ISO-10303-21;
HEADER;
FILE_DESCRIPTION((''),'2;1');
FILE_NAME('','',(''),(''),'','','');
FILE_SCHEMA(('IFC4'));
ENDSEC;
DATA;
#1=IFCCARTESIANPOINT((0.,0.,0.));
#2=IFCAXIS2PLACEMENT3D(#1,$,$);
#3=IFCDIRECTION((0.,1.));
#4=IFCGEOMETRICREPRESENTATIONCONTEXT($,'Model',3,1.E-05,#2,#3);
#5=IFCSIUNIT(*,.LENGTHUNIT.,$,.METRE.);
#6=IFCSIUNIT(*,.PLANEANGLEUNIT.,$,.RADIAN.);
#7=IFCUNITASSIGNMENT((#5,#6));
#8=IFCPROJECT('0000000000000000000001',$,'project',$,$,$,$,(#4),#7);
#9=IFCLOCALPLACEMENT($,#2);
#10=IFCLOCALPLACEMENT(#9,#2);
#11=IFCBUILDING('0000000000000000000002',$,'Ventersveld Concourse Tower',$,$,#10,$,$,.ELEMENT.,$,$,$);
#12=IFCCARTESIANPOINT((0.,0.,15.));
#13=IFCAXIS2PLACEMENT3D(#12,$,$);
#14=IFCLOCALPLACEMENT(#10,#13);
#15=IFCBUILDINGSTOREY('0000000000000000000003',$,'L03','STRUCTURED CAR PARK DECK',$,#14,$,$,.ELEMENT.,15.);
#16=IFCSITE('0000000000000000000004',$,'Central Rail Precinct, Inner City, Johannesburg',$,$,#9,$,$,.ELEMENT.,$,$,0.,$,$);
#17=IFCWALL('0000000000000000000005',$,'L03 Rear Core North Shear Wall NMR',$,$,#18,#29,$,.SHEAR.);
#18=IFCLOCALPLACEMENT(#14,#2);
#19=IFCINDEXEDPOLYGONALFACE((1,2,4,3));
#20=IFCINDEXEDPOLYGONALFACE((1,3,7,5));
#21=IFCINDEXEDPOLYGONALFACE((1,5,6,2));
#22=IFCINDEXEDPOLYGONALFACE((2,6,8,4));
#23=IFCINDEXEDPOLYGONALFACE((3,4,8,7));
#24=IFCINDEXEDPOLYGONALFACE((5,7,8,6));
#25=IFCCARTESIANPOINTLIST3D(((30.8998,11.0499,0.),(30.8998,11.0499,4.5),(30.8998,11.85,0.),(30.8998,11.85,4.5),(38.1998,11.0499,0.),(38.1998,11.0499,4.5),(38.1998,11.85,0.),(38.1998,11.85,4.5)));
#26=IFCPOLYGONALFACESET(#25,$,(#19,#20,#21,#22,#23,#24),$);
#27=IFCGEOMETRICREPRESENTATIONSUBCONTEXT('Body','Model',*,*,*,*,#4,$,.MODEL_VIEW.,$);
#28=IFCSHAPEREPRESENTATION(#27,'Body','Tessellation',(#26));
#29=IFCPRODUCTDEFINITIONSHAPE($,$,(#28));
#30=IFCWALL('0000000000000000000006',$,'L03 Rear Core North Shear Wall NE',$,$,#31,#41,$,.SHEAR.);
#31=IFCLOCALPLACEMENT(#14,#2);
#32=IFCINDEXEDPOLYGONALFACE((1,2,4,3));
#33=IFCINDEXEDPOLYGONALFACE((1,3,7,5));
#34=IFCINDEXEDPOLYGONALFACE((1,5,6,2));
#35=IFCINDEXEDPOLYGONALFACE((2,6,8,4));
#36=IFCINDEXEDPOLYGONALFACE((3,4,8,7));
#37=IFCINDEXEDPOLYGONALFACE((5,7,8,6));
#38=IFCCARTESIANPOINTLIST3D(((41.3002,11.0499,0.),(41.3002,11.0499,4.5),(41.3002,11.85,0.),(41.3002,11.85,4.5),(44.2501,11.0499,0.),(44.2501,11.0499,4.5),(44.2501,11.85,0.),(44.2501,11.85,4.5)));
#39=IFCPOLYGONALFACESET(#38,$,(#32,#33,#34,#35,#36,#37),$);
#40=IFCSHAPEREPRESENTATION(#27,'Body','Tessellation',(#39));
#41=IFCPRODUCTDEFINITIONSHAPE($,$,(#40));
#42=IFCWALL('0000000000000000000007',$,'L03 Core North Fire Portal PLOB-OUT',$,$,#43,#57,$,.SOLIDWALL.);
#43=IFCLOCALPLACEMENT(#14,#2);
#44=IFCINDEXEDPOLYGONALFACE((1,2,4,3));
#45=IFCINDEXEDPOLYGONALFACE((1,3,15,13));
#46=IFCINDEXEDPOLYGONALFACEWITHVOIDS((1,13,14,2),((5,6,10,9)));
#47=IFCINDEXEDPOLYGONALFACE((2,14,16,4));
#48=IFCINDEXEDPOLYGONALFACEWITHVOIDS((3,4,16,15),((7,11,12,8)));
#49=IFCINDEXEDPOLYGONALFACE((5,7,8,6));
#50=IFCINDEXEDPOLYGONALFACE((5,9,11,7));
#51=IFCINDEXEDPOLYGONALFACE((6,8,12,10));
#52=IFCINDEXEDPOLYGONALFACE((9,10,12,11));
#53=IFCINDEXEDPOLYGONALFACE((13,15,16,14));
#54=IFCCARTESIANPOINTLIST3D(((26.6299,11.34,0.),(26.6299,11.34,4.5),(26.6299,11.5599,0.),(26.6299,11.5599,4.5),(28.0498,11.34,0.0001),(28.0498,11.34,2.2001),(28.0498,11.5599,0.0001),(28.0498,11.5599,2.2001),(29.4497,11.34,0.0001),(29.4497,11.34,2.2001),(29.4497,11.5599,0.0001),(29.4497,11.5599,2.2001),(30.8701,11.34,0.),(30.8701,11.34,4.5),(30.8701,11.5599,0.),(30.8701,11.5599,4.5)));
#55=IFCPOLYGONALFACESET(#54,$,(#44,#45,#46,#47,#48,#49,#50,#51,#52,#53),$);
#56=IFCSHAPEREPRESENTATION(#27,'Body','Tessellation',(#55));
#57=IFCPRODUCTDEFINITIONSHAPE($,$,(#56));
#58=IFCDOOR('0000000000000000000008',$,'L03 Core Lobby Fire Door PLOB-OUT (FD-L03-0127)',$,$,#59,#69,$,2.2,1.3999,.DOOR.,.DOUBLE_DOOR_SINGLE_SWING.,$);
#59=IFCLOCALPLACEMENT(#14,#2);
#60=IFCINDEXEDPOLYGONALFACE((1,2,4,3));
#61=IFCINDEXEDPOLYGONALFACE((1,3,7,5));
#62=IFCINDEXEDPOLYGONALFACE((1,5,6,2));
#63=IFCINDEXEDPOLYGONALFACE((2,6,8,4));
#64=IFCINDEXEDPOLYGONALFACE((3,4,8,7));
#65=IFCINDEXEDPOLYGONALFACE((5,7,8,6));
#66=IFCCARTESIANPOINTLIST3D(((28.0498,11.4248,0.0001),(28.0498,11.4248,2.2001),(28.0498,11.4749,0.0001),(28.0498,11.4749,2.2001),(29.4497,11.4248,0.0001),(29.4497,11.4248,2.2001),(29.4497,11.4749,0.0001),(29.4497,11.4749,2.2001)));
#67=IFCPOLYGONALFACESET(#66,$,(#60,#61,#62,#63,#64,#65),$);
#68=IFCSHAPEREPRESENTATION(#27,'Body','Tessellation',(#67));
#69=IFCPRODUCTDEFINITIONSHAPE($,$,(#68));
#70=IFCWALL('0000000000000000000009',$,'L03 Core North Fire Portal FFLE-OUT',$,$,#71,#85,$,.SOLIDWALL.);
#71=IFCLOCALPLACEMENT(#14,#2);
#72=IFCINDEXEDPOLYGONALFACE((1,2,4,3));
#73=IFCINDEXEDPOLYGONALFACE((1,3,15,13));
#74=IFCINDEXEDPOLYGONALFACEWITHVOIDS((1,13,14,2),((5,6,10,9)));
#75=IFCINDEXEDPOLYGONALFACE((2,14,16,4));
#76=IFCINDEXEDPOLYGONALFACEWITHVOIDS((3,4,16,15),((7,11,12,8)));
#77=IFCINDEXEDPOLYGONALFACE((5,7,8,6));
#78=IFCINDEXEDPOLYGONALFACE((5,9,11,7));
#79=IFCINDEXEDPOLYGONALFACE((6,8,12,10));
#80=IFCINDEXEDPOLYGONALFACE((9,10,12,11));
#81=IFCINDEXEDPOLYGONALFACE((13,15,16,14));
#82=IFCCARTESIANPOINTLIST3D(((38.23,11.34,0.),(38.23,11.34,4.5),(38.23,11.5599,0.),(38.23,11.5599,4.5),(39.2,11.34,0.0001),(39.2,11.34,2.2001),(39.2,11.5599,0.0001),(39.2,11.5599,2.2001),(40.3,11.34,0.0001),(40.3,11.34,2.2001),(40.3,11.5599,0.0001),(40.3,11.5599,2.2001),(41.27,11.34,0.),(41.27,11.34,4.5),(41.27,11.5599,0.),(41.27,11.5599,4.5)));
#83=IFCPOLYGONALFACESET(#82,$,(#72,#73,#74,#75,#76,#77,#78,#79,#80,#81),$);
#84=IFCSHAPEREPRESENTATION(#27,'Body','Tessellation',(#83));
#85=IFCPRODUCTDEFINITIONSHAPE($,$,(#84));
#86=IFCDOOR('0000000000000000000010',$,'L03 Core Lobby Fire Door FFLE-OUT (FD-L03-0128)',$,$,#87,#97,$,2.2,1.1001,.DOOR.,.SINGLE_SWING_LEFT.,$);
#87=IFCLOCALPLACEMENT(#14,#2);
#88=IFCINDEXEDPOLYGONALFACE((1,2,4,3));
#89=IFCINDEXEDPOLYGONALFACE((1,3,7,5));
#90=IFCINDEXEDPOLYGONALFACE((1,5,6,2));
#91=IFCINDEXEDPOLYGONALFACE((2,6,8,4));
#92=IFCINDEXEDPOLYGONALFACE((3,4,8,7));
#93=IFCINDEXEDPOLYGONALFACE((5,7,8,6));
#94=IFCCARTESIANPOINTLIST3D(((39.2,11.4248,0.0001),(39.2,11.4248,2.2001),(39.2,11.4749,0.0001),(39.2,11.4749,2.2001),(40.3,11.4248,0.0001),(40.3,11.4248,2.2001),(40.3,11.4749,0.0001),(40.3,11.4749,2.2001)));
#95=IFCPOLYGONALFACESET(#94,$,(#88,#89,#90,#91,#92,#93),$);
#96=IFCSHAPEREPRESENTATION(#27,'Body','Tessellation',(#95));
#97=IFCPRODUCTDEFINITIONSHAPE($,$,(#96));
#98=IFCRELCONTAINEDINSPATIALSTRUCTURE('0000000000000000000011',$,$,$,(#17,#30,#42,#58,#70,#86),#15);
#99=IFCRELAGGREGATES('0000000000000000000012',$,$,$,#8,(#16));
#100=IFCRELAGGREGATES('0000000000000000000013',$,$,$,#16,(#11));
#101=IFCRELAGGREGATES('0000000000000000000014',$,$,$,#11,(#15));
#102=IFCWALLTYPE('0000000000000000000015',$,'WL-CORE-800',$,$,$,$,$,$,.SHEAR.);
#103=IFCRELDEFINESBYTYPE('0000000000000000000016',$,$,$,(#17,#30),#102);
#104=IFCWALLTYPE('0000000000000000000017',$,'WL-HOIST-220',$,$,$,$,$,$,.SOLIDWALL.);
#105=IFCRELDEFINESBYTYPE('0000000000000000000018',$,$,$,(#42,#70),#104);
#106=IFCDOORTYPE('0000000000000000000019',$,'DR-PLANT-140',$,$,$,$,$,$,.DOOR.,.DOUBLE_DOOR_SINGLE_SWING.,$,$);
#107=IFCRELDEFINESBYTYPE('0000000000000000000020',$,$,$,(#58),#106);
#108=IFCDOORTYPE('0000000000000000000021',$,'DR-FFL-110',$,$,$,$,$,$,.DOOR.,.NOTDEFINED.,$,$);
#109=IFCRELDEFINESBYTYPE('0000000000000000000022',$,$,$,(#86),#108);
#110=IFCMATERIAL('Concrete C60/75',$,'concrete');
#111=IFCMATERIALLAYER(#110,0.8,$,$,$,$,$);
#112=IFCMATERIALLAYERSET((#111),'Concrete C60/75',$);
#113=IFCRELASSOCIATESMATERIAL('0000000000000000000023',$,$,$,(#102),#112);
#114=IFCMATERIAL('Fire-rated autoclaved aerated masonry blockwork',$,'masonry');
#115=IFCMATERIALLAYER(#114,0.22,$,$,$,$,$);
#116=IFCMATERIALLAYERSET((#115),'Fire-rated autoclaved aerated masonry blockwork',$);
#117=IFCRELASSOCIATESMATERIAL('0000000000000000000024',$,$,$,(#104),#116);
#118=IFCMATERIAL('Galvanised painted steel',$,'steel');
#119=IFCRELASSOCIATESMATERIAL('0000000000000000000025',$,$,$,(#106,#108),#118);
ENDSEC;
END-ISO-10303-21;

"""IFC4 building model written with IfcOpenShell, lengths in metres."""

from ifc_helpers import new_model, si_unit, direction, frame, frame_2d, origin, place, context, subcontext, project, spatial, rectangle, extrude, material, layer, layer_set, type_object, element, fill, save


model = new_model("IFC4")

# Units and contexts
model_context = context("Model", 3, precision=1e-05, world=origin(), true_north=direction((0.0, 1.0)))
body_context = subcontext(model_context, "Body", "Model", "MODEL_VIEW")
ifc_project = project(units=[si_unit("LENGTHUNIT", "METRE"), si_unit("PLANEANGLEUNIT", "RADIAN")], contexts=[model_context])

# Site, building, storey
site_placement = place(None, origin())
site = spatial("IfcSite", under=ifc_project, at=site_placement, Name="Central Rail Precinct, Inner City, Johannesburg", CompositionType="ELEMENT", RefElevation=0.0)
building_placement = place(site_placement, origin())
building = spatial("IfcBuilding", under=site, at=building_placement, Name="Ventersveld Concourse Tower", CompositionType="ELEMENT")
storey_placement = place(building_placement, frame((0.0, 0.0, 15.0)))
storey = spatial("IfcBuildingStorey", under=building, at=storey_placement, Name="L03", Description="STRUCTURED CAR PARK DECK", CompositionType="ELEMENT", Elevation=15.0)

# Shared definitions
ifc_material_1 = material(Name="Concrete C60/75", Category="concrete")

# Walls
ifc_layer_1 = layer(ifc_material_1, 0.8)
ifc_layer_set_1 = layer_set([ifc_layer_1], Name="Concrete C60/75")
wall_type_1 = type_object("IfcWallType", Name="WL-CORE-800", PredefinedType="SHEAR", material=ifc_layer_set_1)
wall_1_placement = place(storey_placement, frame((30.8999, 11.45, 0.0), z_axis=(0.0, 0.0, 1.0), x_axis=(1.0, 0.0, 0.0)))
element("IfcWall", 1, at=wall_1_placement, inside=storey, type_object=wall_type_1, Name="L03 Rear Core North Shear Wall NMR", PredefinedType="SHEAR", context=body_context, shape_type="SweptSolid", body=[
    extrude(rectangle(XDim=7.3, YDim=0.8, at=frame_2d((3.6499, 0.0))), origin(), (0.0, 0.0, 1.0), 4.5),
])
wall_2_placement = place(storey_placement, frame((41.3, 11.45, 0.0), z_axis=(0.0, 0.0, 1.0), x_axis=(1.0, 0.0, 0.0)))
element("IfcWall", 2, at=wall_2_placement, inside=storey, type_object=wall_type_1, Name="L03 Rear Core North Shear Wall NE", PredefinedType="SHEAR", context=body_context, shape_type="SweptSolid", body=[
    extrude(rectangle(XDim=2.95, YDim=0.8, at=frame_2d((1.4751, 0.0))), origin(), (0.0, 0.0, 1.0), 4.5),
])

# Walls, openings, doors
ifc_material_2 = material(Name="Fire-rated autoclaved aerated masonry blockwork", Category="masonry")
ifc_layer_2 = layer(ifc_material_2, 0.22)
ifc_layer_set_2 = layer_set([ifc_layer_2], Name="Fire-rated autoclaved aerated masonry blockwork")
wall_type_2 = type_object("IfcWallType", Name="WL-HOIST-220", PredefinedType="SOLIDWALL", material=ifc_layer_set_2)
wall_3_placement = place(storey_placement, frame((26.6299, 11.45, 0.0), z_axis=(0.0, 0.0, 1.0), x_axis=(1.0, 0.0, 0.0)))
wall_3 = element("IfcWall", 3, at=wall_3_placement, inside=storey, type_object=wall_type_2, Name="L03 Core North Fire Portal PLOB-OUT", PredefinedType="SOLIDWALL", context=body_context, shape_type="SweptSolid", body=[
    extrude(rectangle(XDim=4.2402, YDim=0.22, at=frame_2d((2.1201, 0.0))), origin(), (0.0, 0.0, 1.0), 4.5),
])
opening_1_placement = place(wall_3_placement, frame((1.4199, 0.0, 0.0)))
opening_1 = element("IfcOpeningElement", 4, at=opening_1_placement, cuts=wall_3, PredefinedType="OPENING", context=body_context, shape_type="SweptSolid", body=[
    extrude(rectangle(XDim=1.3999, YDim=2.2, at=frame_2d((0.7, 1.1001))), frame((0.0, 0.1201, 0.0), z_axis=(0.0, -1.0, 0.0), x_axis=(1.0, 0.0, 0.0)), (0.0, 0.0, 1.0), 0.24),
])
ifc_material_3 = material(Name="Galvanised painted steel", Category="steel")
door_type_1 = type_object("IfcDoorType", Name="DR-PLANT-140", OperationType="DOUBLE_DOOR_SINGLE_SWING", PredefinedType="DOOR", material=ifc_material_3)
door_1_placement = place(opening_1_placement, origin())
door_1 = element("IfcDoor", 5, at=door_1_placement, inside=storey, type_object=door_type_1, Name="L03 Core Lobby Fire Door PLOB-OUT (FD-L03-0127)", OperationType="DOUBLE_DOOR_SINGLE_SWING", OverallHeight=2.2, OverallWidth=1.3999, PredefinedType="DOOR", context=body_context, shape_type="SweptSolid", body=[
    extrude(rectangle(XDim=1.3999, YDim=2.2, at=frame_2d((0.7, 1.1001))), frame((0.0, 0.0249, 0.0), z_axis=(0.0, -1.0, 0.0), x_axis=(1.0, 0.0, 0.0)), (0.0, 0.0, 1.0), 0.05),
])
fill(opening_1, door_1)
wall_4_placement = place(storey_placement, frame((38.23, 11.45, 0.0), z_axis=(0.0, 0.0, 1.0), x_axis=(1.0, 0.0, 0.0)))
wall_4 = element("IfcWall", 6, at=wall_4_placement, inside=storey, type_object=wall_type_2, Name="L03 Core North Fire Portal FFLE-OUT", PredefinedType="SOLIDWALL", context=body_context, shape_type="SweptSolid", body=[
    extrude(rectangle(XDim=3.04, YDim=0.22, at=frame_2d((1.52, 0.0))), origin(), (0.0, 0.0, 1.0), 4.5),
])
opening_2_placement = place(wall_4_placement, frame((0.97, 0.0, 0.0)))
opening_2 = element("IfcOpeningElement", 7, at=opening_2_placement, cuts=wall_4, PredefinedType="OPENING", context=body_context, shape_type="SweptSolid", body=[
    extrude(rectangle(XDim=1.1001, YDim=2.2, at=frame_2d((0.55, 1.1001))), frame((0.0, 0.1201, 0.0), z_axis=(0.0, -1.0, 0.0), x_axis=(1.0, 0.0, 0.0)), (0.0, 0.0, 1.0), 0.24),
])
door_type_2 = type_object("IfcDoorType", Name="DR-FFL-110", OperationType="NOTDEFINED", PredefinedType="DOOR", material=ifc_material_3)
door_2_placement = place(opening_2_placement, origin())
door_2 = element("IfcDoor", 8, at=door_2_placement, inside=storey, type_object=door_type_2, Name="L03 Core Lobby Fire Door FFLE-OUT (FD-L03-0128)", OperationType="SINGLE_SWING_LEFT", OverallHeight=2.2, OverallWidth=1.1001, PredefinedType="DOOR", context=body_context, shape_type="SweptSolid", body=[
    extrude(rectangle(XDim=1.1001, YDim=2.2, at=frame_2d((0.55, 1.1001))), frame((0.0, 0.0249, 0.0), z_axis=(0.0, -1.0, 0.0), x_axis=(1.0, 0.0, 0.0)), (0.0, 0.0, 1.0), 0.05),
])
fill(opening_2, door_2)

save(model, "model.ifc")
